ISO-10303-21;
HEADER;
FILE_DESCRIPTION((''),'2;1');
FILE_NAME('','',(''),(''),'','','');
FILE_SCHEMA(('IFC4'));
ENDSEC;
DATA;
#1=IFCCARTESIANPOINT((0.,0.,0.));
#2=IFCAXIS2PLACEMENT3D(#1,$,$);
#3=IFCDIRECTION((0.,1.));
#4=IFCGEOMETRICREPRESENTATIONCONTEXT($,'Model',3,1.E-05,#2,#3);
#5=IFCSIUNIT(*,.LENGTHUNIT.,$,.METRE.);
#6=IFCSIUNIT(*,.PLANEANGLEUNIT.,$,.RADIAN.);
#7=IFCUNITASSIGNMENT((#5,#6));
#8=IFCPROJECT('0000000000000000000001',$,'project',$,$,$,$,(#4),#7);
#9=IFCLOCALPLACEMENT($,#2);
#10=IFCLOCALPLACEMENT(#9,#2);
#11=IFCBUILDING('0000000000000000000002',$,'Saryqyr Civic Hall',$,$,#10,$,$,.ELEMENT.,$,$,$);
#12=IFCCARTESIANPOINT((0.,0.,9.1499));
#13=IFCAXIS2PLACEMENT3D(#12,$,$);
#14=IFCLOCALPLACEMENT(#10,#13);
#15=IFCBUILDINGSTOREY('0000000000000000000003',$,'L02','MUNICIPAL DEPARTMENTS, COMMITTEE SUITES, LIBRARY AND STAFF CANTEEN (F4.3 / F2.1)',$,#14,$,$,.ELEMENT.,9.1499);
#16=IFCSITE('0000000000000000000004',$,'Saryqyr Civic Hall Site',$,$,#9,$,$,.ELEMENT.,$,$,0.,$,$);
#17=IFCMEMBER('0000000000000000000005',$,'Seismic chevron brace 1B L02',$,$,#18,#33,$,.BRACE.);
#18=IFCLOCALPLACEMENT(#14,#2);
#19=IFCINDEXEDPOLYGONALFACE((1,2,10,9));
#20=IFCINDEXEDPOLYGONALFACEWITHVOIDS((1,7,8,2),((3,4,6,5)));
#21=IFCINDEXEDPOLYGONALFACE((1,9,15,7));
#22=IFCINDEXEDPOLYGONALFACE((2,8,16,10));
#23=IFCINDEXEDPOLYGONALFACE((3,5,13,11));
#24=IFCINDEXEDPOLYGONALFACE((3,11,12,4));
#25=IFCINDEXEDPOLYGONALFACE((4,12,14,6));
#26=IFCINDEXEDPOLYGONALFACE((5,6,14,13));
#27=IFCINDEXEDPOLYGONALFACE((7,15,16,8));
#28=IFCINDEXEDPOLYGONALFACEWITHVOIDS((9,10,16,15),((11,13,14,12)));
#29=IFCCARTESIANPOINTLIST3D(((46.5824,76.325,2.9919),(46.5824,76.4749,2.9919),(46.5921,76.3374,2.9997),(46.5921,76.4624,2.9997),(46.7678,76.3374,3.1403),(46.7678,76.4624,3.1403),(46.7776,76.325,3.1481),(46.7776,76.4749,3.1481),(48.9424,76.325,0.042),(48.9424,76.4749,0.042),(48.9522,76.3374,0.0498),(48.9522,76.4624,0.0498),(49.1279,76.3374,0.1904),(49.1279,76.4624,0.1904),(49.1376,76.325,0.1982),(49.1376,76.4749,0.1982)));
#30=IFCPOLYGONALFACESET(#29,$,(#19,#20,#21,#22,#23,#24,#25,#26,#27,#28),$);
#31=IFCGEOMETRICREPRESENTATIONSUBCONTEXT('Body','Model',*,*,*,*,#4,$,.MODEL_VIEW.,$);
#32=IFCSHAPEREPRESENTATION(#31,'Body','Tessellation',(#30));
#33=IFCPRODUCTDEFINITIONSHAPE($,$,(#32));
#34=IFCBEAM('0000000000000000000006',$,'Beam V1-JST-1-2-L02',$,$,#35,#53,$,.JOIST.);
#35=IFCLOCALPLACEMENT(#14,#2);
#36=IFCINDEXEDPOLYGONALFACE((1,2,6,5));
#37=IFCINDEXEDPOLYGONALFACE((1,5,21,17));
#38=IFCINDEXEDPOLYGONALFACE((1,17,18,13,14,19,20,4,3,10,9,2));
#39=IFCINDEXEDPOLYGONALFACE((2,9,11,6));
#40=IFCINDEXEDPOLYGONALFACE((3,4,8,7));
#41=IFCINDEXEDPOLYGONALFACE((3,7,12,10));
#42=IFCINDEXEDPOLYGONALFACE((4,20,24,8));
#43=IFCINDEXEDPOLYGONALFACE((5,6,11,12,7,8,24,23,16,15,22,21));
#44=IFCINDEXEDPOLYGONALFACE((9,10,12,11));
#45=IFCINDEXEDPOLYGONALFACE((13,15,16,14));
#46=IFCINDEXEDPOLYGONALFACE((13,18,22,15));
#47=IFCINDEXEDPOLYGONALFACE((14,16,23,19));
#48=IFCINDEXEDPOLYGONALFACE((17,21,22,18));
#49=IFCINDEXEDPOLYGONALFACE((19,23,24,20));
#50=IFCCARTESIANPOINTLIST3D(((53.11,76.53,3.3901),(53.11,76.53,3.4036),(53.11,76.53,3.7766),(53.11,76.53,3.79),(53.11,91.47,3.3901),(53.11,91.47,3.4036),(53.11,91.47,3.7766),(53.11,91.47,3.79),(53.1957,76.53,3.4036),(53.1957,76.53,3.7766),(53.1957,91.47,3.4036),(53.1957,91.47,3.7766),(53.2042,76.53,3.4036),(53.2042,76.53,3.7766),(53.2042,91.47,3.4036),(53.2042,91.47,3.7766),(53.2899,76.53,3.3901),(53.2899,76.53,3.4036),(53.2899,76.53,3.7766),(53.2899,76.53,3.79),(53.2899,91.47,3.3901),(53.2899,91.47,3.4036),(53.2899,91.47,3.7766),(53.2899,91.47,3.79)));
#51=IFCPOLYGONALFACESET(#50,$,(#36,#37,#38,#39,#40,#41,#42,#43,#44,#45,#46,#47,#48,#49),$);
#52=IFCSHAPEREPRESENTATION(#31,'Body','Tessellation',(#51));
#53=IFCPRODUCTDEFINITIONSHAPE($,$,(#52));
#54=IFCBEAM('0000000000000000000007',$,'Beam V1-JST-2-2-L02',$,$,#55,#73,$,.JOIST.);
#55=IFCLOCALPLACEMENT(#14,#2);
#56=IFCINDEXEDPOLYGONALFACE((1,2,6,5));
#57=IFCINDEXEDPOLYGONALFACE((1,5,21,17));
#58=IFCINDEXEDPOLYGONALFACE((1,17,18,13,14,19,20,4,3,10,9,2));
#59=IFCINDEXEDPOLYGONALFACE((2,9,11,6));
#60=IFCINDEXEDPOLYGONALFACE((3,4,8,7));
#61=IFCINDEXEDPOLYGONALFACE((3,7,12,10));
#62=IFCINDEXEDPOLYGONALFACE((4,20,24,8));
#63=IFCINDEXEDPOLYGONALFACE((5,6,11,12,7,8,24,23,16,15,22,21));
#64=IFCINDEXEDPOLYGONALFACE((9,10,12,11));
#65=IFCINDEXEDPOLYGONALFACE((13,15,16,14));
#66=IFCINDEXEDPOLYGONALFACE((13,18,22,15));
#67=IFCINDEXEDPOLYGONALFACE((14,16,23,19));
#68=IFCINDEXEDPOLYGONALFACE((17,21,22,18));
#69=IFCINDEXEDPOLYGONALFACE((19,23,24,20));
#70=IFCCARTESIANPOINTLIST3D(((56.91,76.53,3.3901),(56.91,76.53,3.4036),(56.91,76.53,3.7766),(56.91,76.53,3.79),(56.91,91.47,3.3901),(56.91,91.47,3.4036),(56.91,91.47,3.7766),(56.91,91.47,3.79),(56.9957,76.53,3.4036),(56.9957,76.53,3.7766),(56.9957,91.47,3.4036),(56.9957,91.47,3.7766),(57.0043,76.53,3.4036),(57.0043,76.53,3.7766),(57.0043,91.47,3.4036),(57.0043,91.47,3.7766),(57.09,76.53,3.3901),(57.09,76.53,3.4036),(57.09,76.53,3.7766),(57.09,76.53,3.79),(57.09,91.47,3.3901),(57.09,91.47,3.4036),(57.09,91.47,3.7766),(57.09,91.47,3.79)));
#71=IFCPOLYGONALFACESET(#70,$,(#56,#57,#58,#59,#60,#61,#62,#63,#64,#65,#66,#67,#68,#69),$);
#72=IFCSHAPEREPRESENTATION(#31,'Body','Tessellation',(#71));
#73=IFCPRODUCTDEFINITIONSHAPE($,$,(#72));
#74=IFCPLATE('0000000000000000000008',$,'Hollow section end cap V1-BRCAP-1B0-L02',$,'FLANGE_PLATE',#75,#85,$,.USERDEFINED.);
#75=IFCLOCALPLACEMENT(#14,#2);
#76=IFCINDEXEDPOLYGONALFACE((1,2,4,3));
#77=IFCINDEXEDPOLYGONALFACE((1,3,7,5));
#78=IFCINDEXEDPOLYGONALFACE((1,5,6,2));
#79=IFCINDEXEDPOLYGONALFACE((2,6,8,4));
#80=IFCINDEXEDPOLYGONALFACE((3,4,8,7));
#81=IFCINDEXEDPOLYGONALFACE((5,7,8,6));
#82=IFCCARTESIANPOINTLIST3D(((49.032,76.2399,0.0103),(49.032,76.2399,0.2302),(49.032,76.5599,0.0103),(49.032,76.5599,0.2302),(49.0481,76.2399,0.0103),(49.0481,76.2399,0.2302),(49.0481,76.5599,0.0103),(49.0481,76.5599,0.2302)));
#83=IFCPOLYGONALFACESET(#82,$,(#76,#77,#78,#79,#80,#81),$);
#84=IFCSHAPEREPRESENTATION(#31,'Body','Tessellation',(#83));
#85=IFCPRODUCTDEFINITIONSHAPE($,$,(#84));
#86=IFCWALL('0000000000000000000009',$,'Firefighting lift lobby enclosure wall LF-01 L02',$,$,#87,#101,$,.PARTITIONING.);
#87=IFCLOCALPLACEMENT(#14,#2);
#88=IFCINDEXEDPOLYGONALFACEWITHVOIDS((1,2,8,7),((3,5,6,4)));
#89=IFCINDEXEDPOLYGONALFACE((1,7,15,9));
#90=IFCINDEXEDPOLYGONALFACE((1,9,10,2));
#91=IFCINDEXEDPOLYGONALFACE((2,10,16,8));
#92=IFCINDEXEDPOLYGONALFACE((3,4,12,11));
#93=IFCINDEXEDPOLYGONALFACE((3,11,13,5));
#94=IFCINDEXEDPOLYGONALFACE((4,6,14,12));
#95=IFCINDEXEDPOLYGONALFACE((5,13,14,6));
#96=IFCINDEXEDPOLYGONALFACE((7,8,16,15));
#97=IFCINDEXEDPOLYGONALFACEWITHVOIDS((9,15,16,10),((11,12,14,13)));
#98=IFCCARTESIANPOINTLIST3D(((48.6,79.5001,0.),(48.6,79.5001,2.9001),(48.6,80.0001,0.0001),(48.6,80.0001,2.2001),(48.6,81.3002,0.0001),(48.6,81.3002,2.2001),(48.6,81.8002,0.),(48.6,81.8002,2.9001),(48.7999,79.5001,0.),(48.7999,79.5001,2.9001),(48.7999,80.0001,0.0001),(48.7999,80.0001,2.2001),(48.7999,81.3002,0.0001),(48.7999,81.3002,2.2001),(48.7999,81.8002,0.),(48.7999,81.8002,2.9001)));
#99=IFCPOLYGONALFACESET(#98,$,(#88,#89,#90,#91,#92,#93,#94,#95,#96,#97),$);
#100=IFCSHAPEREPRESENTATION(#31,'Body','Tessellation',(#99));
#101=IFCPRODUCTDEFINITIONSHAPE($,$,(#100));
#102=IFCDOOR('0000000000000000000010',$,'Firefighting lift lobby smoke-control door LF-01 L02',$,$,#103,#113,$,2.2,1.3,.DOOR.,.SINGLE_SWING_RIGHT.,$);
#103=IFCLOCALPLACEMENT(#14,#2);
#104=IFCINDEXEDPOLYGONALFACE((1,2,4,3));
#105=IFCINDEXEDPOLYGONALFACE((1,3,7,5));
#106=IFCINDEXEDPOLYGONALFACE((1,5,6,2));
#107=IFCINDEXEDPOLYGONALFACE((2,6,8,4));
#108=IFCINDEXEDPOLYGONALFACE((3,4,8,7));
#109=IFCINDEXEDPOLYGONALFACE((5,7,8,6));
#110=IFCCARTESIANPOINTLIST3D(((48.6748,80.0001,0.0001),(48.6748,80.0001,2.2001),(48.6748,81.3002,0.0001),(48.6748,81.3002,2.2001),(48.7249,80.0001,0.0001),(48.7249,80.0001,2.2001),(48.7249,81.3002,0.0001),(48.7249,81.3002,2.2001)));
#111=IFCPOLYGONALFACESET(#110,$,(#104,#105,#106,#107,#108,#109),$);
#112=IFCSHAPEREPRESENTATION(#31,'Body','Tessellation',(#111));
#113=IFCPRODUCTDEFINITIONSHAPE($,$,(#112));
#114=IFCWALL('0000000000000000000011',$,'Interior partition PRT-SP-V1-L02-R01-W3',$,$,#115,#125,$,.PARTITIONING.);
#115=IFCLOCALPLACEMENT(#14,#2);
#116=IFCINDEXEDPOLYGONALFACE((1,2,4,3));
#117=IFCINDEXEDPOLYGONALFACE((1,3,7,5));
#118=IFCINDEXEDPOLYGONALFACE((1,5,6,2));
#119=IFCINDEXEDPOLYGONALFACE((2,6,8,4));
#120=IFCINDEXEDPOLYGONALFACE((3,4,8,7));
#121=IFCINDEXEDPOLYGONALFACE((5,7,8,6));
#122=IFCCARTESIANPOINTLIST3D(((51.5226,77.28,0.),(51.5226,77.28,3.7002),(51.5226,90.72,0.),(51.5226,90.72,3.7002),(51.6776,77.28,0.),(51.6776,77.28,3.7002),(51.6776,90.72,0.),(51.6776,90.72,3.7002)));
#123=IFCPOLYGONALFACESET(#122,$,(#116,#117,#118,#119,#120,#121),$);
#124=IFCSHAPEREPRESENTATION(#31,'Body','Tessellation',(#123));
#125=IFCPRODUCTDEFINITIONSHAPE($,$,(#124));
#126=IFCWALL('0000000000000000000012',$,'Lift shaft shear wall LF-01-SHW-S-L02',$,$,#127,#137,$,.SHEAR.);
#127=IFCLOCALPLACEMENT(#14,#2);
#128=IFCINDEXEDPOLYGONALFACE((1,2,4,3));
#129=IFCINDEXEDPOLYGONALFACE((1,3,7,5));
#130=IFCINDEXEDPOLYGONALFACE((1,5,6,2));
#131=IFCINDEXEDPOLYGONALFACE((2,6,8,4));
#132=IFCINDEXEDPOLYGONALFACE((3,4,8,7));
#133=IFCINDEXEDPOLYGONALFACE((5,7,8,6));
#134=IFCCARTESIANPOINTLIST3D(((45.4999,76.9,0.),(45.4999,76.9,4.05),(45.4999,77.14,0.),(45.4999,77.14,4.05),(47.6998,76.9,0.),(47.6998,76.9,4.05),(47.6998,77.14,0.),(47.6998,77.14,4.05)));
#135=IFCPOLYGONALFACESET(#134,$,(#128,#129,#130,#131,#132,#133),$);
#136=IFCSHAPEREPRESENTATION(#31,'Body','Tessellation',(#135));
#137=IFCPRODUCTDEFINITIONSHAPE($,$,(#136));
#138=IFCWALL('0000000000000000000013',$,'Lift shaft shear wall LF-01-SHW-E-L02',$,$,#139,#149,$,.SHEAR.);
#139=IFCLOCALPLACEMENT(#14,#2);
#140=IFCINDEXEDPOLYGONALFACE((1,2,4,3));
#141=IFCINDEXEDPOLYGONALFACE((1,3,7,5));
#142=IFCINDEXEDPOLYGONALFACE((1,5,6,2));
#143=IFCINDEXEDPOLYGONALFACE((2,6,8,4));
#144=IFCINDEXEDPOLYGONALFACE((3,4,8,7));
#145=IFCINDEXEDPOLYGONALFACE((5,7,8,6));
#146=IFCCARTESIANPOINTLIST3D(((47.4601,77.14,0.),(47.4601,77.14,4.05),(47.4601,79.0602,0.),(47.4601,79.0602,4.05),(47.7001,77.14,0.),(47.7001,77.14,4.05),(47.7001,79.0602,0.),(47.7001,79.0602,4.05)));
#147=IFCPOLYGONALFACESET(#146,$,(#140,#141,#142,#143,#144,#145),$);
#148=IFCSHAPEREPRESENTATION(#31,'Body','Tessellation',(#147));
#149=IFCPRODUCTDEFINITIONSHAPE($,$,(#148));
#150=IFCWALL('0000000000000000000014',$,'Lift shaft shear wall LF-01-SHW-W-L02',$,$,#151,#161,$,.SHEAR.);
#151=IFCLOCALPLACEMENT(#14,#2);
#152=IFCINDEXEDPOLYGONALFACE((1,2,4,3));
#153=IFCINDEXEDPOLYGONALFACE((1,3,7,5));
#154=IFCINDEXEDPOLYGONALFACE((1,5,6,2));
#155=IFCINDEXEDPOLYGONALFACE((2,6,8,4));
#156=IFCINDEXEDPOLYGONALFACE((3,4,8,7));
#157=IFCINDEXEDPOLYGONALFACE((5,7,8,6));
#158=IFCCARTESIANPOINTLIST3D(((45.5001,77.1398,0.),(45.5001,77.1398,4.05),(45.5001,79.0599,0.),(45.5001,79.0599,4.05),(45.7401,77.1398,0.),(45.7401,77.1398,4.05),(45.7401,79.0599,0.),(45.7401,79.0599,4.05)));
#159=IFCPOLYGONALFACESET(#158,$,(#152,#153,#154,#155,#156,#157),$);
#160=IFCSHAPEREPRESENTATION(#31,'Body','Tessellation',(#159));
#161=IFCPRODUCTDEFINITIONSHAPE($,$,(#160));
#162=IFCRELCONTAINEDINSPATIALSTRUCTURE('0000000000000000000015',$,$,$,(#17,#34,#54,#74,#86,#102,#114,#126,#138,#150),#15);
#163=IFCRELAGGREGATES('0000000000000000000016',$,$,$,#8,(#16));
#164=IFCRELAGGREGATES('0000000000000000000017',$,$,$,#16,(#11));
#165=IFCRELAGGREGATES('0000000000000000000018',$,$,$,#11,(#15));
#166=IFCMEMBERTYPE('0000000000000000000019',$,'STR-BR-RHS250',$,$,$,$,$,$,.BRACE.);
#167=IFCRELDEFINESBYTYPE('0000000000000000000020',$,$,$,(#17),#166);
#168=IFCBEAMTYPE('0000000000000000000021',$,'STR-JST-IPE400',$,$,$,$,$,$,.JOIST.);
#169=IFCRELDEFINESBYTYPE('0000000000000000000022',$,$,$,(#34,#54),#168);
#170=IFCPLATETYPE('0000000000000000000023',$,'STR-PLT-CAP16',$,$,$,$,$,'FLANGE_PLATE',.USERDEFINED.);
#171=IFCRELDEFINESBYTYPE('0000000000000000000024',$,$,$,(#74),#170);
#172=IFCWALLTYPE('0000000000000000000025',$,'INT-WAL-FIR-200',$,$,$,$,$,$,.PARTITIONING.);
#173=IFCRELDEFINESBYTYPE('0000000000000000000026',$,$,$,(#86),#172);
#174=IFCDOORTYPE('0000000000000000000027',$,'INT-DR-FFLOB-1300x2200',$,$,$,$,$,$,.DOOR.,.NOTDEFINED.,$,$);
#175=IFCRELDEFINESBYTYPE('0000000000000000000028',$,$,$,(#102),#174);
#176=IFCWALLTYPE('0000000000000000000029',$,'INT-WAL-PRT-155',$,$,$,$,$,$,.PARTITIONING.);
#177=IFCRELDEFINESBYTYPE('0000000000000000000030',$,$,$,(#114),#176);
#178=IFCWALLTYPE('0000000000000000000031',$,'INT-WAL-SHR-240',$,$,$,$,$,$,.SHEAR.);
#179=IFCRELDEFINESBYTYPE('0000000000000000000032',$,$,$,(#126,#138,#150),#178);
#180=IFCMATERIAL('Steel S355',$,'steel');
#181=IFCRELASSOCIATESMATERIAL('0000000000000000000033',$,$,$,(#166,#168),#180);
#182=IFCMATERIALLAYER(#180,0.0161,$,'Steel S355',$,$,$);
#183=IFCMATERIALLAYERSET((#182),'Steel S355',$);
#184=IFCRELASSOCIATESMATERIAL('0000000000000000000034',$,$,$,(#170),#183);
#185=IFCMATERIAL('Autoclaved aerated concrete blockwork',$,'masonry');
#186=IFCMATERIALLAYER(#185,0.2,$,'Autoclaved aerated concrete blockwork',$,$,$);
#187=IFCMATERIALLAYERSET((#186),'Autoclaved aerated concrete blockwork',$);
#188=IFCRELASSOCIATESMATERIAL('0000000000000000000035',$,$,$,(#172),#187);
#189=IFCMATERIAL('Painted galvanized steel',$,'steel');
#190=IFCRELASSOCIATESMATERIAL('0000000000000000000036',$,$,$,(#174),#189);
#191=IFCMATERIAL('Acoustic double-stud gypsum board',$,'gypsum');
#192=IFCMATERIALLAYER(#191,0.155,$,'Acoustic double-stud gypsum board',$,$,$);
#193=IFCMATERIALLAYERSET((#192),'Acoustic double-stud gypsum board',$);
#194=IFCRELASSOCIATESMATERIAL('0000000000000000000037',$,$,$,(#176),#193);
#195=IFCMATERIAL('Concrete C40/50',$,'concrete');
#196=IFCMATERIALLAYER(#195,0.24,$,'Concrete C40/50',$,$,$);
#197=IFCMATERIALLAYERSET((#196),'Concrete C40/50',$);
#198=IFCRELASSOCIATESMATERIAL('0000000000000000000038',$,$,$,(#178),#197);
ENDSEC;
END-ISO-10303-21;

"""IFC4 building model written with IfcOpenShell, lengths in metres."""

from ifc_helpers import new_model, si_unit, direction, frame, frame_2d, origin, origin_2d, place, context, subcontext, project, spatial, rectangle, hollow_rectangle, i_section, extrude, material, layer, layer_set, material_profile, profile_set, type_object, element, fill, save


model = new_model("IFC4")

# Units and contexts
model_context = context("Model", 3, precision=1e-05, world=origin(), true_north=direction((0.0, 1.0)))
body_context = subcontext(model_context, "Body", "Model", "MODEL_VIEW")
ifc_project = project(units=[si_unit("LENGTHUNIT", "METRE"), si_unit("PLANEANGLEUNIT", "RADIAN")], contexts=[model_context])

# Site, building, storey
site_placement = place(None, origin())
site = spatial("IfcSite", under=ifc_project, at=site_placement, Name="Saryqyr Civic Hall Site", CompositionType="ELEMENT", RefElevation=0.0)
building_placement = place(site_placement, origin())
building = spatial("IfcBuilding", under=site, at=building_placement, Name="Saryqyr Civic Hall", CompositionType="ELEMENT")
storey_placement = place(building_placement, frame((0.0, 0.0, 9.1499)))
storey = spatial("IfcBuildingStorey", under=building, at=storey_placement, Name="L02", Description="MUNICIPAL DEPARTMENTS, COMMITTEE SUITES, LIBRARY AND STAFF CANTEEN (F4.3 / F2.1)", CompositionType="ELEMENT", Elevation=9.1499)

# Shared definitions
ifc_material_1 = material(Name="Steel S355", Category="steel")
ifc_material_2 = material(Name="Concrete C40/50", Category="concrete")

# Member
ifc_material_profile_1 = material_profile(ifc_material_1, hollow_rectangle(XDim=0.1499, YDim=0.25, WallThickness=0.0125, at=origin_2d()), Name="RHS 250x150x12.5")
ifc_profile_set_1 = profile_set([ifc_material_profile_1], Name="Steel S355")
member_type = type_object("IfcMemberType", Name="STR-BR-RHS250", PredefinedType="BRACE", material=ifc_profile_set_1)
member_placement = place(storey_placement, frame((49.04, 76.3999, 0.1201), z_axis=(-0.624719, 0.0, 0.78085), x_axis=(0.0, -1.0, 0.0)))
element("IfcMember", 1, at=member_placement, inside=storey, type_object=member_type, Name="Seismic chevron brace 1B L02", PredefinedType="BRACE", context=body_context, shape_type="SweptSolid", body=[
    extrude(hollow_rectangle(XDim=0.1499, YDim=0.25, WallThickness=0.0125, at=origin_2d()), origin(), (0.0, 0.0, 1.0), 3.7778),
])

# Beams
ifc_material_profile_2 = material_profile(ifc_material_1, i_section(OverallWidth=0.1799, OverallDepth=0.3999, WebThickness=0.0085, FlangeThickness=0.0134, at=origin_2d()), Name="IPE 400")
ifc_profile_set_2 = profile_set([ifc_material_profile_2], Name="Steel S355")
beam_type_1 = type_object("IfcBeamType", Name="STR-JST-IPE400", PredefinedType="JOIST", material=ifc_profile_set_2)
for number, where, z_axis, x_axis, name in (
    (2, (53.2, 76.53, 3.5901), (0.0, 1.0, 0.0), (-1.0, 0.0, 0.0), "Beam V1-JST-1-2-L02"),
    (3, (57.0, 76.53, 3.5901), (0.0, 1.0, 0.0), (-1.0, 0.0, 0.0), "Beam V1-JST-2-2-L02"),
):
    element("IfcBeam", number, at=place(storey_placement, frame(where, z_axis=z_axis, x_axis=x_axis)), inside=storey, type_object=beam_type_1, Name=name, PredefinedType="JOIST", context=body_context, shape_type="SweptSolid", body=[
        extrude(i_section(OverallWidth=0.1799, OverallDepth=0.3999, WebThickness=0.0085, FlangeThickness=0.0134, at=origin_2d()), origin(), (0.0, 0.0, 1.0), 14.9399),
    ])

# Plate
ifc_layer_1 = layer(ifc_material_1, 0.0161, Name="Steel S355")
ifc_layer_set_1 = layer_set([ifc_layer_1], Name="Steel S355")
plate_type = type_object("IfcPlateType", Name="STR-PLT-CAP16", ElementType="FLANGE_PLATE", PredefinedType="USERDEFINED", material=ifc_layer_set_1)
plate_placement = place(storey_placement, frame((49.04, 76.3999, 0.0103), z_axis=(0.0, 0.0, 1.0), x_axis=(1.0, 0.0, 0.0)))
element("IfcPlate", 4, at=plate_placement, inside=storey, type_object=plate_type, Name="Hollow section end cap V1-BRCAP-1B0-L02", ObjectType="FLANGE_PLATE", PredefinedType="USERDEFINED", context=body_context, shape_type="SweptSolid", body=[
    extrude(rectangle(XDim=0.0161, YDim=0.3201, at=origin_2d()), origin(), (0.0, 0.0, 1.0), 0.22),
])

# Wall, opening, door
ifc_material_3 = material(Name="Autoclaved aerated concrete blockwork", Category="masonry")
ifc_layer_2 = layer(ifc_material_3, 0.2, Name="Autoclaved aerated concrete blockwork")
ifc_layer_set_2 = layer_set([ifc_layer_2], Name="Autoclaved aerated concrete blockwork")
wall_type_1 = type_object("IfcWallType", Name="INT-WAL-FIR-200", PredefinedType="PARTITIONING", material=ifc_layer_set_2)
wall_1_placement = place(storey_placement, frame((48.7, 81.8, 0.0), z_axis=(0.0, 0.0, 1.0), x_axis=(0.0, -1.0, 0.0)))
wall_1 = element("IfcWall", 5, at=wall_1_placement, inside=storey, type_object=wall_type_1, Name="Firefighting lift lobby enclosure wall LF-01 L02", PredefinedType="PARTITIONING", context=body_context, shape_type="SweptSolid", body=[
    extrude(rectangle(XDim=2.3, YDim=0.2, at=frame_2d((1.1499, 0.0))), origin(), (0.0, 0.0, 1.0), 2.9001),
])
opening_1_placement = place(wall_1_placement, frame((0.5, 0.0, 0.0)))
opening_1 = element("IfcOpeningElement", 6, at=opening_1_placement, cuts=wall_1, PredefinedType="OPENING", context=body_context, shape_type="SweptSolid", body=[
    extrude(rectangle(XDim=1.3, YDim=2.2, at=frame_2d((0.6499, 1.1001))), frame((0.0, 0.1099, 0.0), z_axis=(0.0, -1.0, 0.0), x_axis=(1.0, 0.0, 0.0)), (0.0, 0.0, 1.0), 0.22),
])
ifc_material_4 = material(Name="Painted galvanized steel", Category="steel")
door_type_1 = type_object("IfcDoorType", Name="INT-DR-FFLOB-1300x2200", OperationType="NOTDEFINED", PredefinedType="DOOR", material=ifc_material_4)
door_1_placement = place(opening_1_placement, origin())
door_1 = element("IfcDoor", 7, at=door_1_placement, inside=storey, type_object=door_type_1, Name="Firefighting lift lobby smoke-control door LF-01 L02", OperationType="SINGLE_SWING_RIGHT", OverallHeight=2.2, OverallWidth=1.3, PredefinedType="DOOR", context=body_context, shape_type="SweptSolid", body=[
    extrude(rectangle(XDim=1.3, YDim=2.2, at=frame_2d((0.6499, 1.1001))), frame((0.0, 0.0249, 0.0), z_axis=(0.0, -1.0, 0.0), x_axis=(1.0, 0.0, 0.0)), (0.0, 0.0, 1.0), 0.05),
])
fill(opening_1, door_1)

# Walls
ifc_material_5 = material(Name="Acoustic double-stud gypsum board", Category="gypsum")
ifc_layer_3 = layer(ifc_material_5, 0.155, Name="Acoustic double-stud gypsum board")
ifc_layer_set_3 = layer_set([ifc_layer_3], Name="Acoustic double-stud gypsum board")
wall_type_2 = type_object("IfcWallType", Name="INT-WAL-PRT-155", PredefinedType="PARTITIONING", material=ifc_layer_set_3)
wall_2_placement = place(storey_placement, frame((51.6001, 77.28, 0.0), z_axis=(0.0, 0.0, 1.0), x_axis=(0.0, 1.0, 0.0)))
element("IfcWall", 8, at=wall_2_placement, inside=storey, type_object=wall_type_2, Name="Interior partition PRT-SP-V1-L02-R01-W3", PredefinedType="PARTITIONING", context=body_context, shape_type="SweptSolid", body=[
    extrude(rectangle(XDim=13.4399, YDim=0.155, at=frame_2d((6.72, 0.0))), origin(), (0.0, 0.0, 1.0), 3.7002),
])
ifc_layer_4 = layer(ifc_material_2, 0.24, Name="Concrete C40/50")
ifc_layer_set_4 = layer_set([ifc_layer_4], Name="Concrete C40/50")
wall_type_3 = type_object("IfcWallType", Name="INT-WAL-SHR-240", PredefinedType="SHEAR", material=ifc_layer_set_4)
wall_3_placement = place(storey_placement, frame((47.7, 77.02, 0.0), z_axis=(0.0, 0.0, 1.0), x_axis=(-1.0, 0.0, 0.0)))
element("IfcWall", 9, at=wall_3_placement, inside=storey, type_object=wall_type_3, Name="Lift shaft shear wall LF-01-SHW-S-L02", PredefinedType="SHEAR", context=body_context, shape_type="SweptSolid", body=[
    extrude(rectangle(XDim=2.2, YDim=0.24, at=frame_2d((1.1001, 0.0))), origin(), (0.0, 0.0, 1.0), 4.05),
])
wall_4_placement = place(storey_placement, frame((47.5801, 79.0601, 0.0), z_axis=(0.0, 0.0, 1.0), x_axis=(0.0, -1.0, 0.0)))
element("IfcWall", 10, at=wall_4_placement, inside=storey, type_object=wall_type_3, Name="Lift shaft shear wall LF-01-SHW-E-L02", PredefinedType="SHEAR", context=body_context, shape_type="SweptSolid", body=[
    extrude(rectangle(XDim=1.9202, YDim=0.24, at=frame_2d((0.96, 0.0))), origin(), (0.0, 0.0, 1.0), 4.05),
])

# Wall
wall_5_placement = place(storey_placement, frame((45.6201, 77.1399, 0.0), z_axis=(0.0, 0.0, 1.0), x_axis=(0.0, 1.0, 0.0)))
element("IfcWall", 11, at=wall_5_placement, inside=storey, type_object=wall_type_3, Name="Lift shaft shear wall LF-01-SHW-W-L02", PredefinedType="SHEAR", context=body_context, shape_type="SweptSolid", body=[
    extrude(rectangle(XDim=1.9202, YDim=0.24, at=frame_2d((0.96, 0.0))), origin(), (0.0, 0.0, 1.0), 4.05),
])

save(model, "model.ifc")
